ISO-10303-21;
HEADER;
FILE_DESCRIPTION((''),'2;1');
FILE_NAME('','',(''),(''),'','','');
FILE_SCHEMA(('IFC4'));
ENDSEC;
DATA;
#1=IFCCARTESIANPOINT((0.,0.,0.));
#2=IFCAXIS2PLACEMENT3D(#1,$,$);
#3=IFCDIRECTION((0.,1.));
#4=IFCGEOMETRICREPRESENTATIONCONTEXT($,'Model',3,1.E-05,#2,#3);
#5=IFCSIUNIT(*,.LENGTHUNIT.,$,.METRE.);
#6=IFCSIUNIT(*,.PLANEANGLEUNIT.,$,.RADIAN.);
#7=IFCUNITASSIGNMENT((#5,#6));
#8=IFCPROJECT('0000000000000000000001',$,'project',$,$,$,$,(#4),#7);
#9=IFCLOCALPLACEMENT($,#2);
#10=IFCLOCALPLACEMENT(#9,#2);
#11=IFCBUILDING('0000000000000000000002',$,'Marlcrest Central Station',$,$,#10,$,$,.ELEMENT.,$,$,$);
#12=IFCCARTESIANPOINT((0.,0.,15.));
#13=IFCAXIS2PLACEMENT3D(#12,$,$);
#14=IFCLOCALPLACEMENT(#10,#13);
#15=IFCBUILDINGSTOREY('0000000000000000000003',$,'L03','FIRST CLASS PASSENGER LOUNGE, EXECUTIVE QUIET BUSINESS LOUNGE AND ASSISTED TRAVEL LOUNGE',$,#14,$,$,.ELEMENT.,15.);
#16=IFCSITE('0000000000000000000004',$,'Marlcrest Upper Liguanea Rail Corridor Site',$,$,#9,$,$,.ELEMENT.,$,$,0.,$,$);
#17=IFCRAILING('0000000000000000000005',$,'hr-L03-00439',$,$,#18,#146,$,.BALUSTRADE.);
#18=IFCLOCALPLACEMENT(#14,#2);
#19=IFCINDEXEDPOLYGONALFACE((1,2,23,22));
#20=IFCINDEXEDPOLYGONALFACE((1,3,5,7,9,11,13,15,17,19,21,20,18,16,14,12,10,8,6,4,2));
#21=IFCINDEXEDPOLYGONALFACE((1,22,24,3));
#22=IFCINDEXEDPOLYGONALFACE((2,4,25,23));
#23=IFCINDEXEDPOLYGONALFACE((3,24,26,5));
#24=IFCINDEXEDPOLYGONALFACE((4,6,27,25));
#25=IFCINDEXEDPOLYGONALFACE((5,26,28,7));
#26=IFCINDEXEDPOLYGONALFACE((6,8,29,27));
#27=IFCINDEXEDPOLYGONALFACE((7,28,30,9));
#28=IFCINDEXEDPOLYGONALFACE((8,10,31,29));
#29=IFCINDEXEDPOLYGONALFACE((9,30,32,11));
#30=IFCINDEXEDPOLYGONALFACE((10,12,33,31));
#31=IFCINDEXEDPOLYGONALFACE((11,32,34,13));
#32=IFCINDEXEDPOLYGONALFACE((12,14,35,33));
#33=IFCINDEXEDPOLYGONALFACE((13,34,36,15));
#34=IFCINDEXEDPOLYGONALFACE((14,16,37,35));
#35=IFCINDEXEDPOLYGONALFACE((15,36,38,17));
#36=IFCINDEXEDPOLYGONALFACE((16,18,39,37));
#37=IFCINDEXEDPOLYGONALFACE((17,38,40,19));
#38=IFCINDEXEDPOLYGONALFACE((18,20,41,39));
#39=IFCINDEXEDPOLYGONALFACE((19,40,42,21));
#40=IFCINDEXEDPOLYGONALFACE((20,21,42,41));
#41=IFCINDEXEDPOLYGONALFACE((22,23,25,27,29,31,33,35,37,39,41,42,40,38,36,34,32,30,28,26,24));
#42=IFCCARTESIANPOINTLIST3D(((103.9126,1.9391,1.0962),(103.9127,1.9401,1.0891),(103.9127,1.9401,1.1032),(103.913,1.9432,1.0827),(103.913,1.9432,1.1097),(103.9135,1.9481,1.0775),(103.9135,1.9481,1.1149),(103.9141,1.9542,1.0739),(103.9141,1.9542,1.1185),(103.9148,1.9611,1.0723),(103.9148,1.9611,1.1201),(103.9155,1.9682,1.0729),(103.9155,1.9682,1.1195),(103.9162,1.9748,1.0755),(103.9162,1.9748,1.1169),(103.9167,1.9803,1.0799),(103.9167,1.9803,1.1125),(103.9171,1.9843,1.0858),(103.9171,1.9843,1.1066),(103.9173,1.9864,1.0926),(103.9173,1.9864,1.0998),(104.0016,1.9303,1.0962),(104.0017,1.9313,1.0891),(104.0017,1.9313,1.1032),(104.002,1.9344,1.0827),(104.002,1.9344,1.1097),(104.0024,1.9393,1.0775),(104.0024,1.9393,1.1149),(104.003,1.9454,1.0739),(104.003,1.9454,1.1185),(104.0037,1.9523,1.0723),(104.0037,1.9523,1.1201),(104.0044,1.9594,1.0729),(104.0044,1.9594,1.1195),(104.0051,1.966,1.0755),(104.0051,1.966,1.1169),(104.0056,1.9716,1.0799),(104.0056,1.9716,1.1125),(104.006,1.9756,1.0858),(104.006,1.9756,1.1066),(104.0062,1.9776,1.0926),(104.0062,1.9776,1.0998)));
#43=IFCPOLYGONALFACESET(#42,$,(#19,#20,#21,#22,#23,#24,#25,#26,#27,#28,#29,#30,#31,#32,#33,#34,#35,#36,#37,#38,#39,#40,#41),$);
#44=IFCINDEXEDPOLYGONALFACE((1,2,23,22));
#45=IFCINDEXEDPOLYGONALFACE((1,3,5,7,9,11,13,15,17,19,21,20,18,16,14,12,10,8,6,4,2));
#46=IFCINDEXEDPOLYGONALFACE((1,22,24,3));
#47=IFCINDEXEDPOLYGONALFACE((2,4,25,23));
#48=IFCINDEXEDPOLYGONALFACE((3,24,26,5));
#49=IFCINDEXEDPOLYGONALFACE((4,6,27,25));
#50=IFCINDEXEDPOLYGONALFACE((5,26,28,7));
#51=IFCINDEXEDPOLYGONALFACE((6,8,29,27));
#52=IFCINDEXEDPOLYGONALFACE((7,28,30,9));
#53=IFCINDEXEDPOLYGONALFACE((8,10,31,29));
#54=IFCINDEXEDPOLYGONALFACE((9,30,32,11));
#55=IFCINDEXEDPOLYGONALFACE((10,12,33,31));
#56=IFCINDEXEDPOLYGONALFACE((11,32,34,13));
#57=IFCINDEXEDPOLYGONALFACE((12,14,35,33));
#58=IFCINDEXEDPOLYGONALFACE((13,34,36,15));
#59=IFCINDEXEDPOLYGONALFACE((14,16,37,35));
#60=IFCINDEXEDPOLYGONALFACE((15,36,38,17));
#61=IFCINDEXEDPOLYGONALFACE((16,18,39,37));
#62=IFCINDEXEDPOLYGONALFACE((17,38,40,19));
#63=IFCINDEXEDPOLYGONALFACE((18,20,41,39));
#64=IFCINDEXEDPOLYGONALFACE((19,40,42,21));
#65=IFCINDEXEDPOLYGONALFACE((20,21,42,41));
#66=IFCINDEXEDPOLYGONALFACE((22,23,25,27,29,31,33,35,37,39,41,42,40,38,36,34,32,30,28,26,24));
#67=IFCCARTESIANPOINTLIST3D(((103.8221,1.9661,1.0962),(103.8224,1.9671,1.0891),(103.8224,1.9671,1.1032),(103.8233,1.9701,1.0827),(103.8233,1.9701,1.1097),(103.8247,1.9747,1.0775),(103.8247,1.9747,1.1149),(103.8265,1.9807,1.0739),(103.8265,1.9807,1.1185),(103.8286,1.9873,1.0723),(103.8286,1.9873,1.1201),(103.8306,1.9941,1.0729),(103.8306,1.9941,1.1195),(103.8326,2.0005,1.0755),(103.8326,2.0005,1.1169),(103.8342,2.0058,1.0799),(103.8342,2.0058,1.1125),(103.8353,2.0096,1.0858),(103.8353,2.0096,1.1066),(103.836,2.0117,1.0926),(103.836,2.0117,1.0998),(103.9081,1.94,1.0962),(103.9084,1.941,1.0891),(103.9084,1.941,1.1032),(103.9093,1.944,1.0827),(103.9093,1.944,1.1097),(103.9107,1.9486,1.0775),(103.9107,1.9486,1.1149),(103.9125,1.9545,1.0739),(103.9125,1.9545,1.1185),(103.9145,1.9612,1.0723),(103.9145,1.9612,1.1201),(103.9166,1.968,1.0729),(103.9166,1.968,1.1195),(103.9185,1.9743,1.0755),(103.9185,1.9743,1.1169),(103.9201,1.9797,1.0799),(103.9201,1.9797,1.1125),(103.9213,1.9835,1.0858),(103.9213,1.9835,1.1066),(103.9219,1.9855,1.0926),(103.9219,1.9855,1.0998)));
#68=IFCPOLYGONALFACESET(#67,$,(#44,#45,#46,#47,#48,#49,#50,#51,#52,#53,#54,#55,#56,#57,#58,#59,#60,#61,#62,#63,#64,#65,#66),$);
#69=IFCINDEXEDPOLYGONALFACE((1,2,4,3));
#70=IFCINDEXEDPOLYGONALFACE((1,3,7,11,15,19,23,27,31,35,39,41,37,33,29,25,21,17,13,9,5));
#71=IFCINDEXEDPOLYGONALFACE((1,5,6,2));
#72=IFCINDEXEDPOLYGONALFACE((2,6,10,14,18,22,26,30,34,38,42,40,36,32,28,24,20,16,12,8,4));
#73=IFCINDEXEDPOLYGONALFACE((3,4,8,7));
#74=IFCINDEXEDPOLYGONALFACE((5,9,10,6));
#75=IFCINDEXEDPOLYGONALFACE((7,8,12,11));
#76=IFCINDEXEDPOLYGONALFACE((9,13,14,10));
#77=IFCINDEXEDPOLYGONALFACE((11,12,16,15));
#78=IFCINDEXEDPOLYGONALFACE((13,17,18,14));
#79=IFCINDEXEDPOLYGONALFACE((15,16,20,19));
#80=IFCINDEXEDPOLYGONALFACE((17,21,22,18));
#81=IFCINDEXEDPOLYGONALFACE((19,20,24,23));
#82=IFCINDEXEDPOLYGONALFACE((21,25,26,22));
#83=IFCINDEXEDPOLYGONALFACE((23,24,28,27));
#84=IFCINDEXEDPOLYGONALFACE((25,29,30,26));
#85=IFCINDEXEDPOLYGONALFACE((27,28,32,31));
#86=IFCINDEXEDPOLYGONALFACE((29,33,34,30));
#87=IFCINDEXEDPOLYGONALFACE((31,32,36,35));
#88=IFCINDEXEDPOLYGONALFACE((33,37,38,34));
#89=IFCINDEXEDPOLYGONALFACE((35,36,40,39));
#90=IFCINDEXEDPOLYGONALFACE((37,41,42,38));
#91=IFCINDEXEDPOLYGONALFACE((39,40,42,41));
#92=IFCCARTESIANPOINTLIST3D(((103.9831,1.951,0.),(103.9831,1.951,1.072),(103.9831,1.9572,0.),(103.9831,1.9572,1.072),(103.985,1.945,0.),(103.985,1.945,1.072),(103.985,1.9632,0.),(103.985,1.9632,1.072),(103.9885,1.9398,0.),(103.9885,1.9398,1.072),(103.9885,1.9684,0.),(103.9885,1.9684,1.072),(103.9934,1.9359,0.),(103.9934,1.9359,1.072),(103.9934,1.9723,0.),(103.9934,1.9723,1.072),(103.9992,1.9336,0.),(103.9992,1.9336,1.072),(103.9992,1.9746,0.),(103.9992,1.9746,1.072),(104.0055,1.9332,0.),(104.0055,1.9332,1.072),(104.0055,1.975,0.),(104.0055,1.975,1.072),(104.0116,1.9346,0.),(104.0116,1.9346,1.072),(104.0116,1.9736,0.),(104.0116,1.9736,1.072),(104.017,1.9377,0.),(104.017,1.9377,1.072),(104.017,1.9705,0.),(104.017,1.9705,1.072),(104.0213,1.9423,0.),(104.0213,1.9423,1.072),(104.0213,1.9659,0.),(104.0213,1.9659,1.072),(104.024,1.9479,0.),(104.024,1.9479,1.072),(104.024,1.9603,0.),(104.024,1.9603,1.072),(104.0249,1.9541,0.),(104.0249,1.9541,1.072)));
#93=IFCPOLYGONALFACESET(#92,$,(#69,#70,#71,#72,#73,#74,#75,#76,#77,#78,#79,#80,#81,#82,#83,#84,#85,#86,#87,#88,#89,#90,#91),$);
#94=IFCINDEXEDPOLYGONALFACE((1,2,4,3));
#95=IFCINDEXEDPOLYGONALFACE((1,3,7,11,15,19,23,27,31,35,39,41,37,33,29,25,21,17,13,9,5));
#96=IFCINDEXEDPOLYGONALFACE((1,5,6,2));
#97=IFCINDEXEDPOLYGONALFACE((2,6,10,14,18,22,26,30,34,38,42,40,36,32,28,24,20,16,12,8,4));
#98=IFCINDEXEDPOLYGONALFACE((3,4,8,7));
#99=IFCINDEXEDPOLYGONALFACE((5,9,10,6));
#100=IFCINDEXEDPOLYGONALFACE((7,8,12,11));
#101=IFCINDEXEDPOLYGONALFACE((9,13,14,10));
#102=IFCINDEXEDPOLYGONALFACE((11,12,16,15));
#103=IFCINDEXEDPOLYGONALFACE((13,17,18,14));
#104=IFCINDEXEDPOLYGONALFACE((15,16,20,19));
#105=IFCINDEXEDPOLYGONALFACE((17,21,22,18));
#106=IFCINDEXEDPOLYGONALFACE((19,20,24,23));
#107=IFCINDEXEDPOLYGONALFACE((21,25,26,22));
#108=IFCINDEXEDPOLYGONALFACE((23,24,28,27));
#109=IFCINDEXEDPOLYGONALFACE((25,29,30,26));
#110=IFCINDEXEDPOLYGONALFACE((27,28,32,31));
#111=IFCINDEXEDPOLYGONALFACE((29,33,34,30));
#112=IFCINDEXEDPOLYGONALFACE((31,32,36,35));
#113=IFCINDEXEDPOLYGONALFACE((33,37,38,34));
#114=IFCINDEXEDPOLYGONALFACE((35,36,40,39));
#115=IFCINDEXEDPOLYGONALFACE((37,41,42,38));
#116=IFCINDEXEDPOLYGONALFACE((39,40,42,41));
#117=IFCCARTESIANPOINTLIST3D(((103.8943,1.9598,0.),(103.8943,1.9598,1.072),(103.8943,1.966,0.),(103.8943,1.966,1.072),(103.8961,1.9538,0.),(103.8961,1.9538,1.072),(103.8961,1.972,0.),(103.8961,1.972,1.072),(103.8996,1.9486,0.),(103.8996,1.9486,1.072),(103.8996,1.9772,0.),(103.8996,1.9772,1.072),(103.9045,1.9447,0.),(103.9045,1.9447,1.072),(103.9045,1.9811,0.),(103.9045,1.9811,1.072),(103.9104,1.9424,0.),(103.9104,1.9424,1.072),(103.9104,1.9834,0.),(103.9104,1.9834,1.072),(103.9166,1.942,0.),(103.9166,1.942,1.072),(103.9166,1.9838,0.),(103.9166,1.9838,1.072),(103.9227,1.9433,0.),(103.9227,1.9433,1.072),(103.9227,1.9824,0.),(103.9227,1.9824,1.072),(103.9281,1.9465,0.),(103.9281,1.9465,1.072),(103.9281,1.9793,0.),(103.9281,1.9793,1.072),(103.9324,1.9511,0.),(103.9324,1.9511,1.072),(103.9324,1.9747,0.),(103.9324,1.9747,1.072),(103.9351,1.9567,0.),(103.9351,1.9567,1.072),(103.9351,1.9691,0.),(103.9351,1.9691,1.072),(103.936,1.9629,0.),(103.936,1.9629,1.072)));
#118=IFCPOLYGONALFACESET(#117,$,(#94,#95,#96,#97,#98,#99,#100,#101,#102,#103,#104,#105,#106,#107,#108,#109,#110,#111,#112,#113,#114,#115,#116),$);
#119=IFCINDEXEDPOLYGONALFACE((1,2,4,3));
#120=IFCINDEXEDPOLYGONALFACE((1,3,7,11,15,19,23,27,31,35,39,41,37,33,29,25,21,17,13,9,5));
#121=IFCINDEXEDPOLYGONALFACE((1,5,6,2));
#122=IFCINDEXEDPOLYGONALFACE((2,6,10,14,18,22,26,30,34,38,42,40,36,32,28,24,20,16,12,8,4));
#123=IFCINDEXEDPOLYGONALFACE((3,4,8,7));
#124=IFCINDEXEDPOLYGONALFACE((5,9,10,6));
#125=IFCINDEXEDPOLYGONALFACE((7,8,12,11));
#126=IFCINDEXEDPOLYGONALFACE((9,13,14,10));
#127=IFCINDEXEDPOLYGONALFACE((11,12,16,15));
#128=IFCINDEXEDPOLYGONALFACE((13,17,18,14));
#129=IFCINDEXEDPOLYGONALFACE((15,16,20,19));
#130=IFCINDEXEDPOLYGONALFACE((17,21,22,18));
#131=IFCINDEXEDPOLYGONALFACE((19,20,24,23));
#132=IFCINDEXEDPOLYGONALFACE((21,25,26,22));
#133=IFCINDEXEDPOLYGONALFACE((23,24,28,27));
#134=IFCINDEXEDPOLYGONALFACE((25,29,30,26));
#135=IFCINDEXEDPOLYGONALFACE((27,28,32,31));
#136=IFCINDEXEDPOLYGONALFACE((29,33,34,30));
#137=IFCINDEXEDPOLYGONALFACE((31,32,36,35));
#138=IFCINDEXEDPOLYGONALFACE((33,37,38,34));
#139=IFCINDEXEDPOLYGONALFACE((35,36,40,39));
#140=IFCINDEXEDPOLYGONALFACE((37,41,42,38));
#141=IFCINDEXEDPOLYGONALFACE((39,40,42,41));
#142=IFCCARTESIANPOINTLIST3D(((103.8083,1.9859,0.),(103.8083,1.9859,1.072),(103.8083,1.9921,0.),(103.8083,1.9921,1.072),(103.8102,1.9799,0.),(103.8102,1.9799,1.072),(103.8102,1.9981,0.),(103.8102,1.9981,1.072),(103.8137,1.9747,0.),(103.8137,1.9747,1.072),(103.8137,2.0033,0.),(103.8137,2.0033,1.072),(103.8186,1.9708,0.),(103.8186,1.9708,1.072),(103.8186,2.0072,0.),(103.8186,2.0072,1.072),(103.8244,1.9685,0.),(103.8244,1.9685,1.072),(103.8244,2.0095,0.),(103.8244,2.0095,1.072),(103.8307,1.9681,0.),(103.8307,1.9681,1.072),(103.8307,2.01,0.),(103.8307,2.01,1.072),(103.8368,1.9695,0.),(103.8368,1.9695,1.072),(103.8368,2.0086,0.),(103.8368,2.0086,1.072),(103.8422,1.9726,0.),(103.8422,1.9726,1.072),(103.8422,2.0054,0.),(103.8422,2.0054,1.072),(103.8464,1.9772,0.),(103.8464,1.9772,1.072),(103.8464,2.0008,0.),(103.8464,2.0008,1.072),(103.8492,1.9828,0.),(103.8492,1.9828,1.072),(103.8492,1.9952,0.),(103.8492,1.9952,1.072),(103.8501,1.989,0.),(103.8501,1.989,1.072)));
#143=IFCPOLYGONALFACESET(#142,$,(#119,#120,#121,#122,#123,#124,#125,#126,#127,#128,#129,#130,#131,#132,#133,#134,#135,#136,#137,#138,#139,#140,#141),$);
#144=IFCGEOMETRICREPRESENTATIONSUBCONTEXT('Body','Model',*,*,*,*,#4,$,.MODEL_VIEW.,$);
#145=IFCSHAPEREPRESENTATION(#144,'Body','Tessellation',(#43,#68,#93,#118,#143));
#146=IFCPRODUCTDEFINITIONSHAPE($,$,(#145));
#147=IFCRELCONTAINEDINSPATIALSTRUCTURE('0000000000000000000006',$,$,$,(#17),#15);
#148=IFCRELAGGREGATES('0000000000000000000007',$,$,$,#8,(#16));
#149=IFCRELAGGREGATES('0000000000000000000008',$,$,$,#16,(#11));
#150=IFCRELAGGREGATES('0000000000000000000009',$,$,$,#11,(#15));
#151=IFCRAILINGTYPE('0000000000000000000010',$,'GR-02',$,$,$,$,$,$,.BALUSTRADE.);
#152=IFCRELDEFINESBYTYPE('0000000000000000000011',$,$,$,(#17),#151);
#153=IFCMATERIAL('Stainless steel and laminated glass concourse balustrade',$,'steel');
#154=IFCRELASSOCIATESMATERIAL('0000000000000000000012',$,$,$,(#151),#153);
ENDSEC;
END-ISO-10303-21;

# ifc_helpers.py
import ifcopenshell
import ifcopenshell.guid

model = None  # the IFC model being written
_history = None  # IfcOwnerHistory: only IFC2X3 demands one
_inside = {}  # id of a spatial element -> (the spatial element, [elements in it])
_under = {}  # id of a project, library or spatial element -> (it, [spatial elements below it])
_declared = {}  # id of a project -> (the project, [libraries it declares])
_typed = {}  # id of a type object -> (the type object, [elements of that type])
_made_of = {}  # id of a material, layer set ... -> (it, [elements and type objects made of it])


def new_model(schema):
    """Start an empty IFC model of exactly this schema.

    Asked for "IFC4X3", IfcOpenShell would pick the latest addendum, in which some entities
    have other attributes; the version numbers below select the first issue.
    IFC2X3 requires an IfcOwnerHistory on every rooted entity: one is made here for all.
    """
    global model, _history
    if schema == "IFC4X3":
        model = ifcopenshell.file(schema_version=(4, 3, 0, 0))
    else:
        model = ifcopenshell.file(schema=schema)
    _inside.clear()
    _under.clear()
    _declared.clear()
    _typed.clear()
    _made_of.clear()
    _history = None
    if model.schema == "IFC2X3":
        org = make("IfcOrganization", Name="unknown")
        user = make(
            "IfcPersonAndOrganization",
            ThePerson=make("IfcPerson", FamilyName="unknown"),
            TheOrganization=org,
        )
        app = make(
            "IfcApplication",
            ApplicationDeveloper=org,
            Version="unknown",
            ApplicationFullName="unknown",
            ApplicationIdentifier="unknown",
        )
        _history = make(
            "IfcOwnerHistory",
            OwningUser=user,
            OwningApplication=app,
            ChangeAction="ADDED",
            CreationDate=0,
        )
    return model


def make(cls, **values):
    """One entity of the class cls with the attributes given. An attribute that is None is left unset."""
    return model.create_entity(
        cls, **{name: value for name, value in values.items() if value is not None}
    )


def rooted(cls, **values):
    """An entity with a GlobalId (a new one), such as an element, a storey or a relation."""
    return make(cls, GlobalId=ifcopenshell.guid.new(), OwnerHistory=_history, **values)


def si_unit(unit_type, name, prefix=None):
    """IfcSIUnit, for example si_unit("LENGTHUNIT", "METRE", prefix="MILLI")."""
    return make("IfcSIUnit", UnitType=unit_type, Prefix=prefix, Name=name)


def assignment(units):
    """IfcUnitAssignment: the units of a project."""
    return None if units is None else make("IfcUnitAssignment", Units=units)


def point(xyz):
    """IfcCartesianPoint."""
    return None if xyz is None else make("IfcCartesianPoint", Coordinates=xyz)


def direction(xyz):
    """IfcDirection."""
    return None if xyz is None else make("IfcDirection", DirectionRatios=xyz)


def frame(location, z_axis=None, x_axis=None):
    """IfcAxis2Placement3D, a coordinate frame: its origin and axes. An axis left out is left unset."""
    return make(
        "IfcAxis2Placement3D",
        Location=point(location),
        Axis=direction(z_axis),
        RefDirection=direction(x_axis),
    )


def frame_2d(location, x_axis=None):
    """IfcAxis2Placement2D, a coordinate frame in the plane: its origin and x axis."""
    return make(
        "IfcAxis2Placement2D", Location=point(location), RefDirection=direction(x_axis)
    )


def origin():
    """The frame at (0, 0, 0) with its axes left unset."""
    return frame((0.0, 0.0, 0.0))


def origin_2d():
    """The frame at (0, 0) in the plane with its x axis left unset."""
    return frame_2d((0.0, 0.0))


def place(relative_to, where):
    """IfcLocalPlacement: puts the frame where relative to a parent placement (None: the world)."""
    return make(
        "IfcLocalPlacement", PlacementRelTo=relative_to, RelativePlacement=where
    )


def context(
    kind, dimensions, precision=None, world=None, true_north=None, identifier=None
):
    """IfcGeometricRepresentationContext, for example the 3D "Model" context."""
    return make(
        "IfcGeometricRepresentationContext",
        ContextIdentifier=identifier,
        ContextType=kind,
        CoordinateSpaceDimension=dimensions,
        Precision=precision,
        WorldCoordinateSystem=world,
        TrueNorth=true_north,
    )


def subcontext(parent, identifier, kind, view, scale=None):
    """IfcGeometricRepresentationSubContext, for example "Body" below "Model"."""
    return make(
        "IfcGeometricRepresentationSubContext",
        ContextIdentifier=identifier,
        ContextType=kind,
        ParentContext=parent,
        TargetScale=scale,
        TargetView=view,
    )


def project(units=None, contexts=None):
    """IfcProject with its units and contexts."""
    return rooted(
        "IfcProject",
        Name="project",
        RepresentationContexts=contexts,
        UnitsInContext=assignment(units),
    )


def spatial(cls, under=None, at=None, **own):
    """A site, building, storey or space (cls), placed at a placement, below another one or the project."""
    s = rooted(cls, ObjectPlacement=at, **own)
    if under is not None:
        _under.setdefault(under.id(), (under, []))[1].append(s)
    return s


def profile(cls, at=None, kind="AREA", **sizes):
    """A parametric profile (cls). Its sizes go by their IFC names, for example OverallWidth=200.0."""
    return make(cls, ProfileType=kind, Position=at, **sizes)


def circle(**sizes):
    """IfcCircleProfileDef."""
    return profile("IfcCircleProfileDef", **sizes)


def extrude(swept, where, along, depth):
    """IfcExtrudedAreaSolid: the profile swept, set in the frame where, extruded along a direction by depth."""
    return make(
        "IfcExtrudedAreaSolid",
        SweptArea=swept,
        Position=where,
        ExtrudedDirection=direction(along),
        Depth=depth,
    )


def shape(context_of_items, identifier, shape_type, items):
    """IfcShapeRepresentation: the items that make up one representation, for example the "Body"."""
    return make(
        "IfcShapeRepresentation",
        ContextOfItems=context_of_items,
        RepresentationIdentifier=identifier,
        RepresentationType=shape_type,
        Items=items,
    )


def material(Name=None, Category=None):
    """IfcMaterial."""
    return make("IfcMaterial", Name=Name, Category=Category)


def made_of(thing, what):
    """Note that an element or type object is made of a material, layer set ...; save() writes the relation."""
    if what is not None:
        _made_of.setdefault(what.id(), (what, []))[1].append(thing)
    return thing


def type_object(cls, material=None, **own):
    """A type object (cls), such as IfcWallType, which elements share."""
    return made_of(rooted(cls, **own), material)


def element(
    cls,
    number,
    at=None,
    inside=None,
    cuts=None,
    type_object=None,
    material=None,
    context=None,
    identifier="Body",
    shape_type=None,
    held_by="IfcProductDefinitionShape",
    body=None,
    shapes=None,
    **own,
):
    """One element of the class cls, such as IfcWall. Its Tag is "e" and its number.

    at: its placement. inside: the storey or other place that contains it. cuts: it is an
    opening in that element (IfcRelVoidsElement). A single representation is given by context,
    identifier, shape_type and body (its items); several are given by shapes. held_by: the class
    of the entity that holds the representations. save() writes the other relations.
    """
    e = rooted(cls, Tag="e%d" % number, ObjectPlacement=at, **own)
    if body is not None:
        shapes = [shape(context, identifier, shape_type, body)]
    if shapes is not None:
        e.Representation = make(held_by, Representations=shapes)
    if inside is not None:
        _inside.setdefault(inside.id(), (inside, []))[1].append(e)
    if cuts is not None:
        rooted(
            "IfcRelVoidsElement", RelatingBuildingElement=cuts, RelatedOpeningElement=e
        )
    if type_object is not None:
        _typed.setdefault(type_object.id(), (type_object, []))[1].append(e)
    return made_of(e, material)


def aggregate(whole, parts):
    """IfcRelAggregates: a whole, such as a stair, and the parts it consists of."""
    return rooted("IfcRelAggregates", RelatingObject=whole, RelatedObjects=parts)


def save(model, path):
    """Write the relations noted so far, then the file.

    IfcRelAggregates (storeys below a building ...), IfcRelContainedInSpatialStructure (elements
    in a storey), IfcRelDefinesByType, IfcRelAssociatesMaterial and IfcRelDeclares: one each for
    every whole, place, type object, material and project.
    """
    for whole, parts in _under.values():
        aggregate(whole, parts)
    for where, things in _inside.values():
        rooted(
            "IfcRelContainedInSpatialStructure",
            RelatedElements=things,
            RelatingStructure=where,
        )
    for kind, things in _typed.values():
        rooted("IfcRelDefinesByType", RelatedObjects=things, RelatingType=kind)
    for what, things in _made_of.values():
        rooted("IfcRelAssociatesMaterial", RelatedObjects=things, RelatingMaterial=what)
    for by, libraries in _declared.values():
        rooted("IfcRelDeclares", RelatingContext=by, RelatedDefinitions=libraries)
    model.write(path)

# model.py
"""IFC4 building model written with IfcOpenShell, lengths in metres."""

from ifc_helpers import new_model, si_unit, direction, frame, origin, origin_2d, place, context, subcontext, project, spatial, circle, extrude, material, type_object, element, save


model = new_model("IFC4")

# Units and contexts
model_context = context("Model", 3, precision=1e-05, world=origin(), true_north=direction((0.0, 1.0)))
body_context = subcontext(model_context, "Body", "Model", "MODEL_VIEW")
ifc_project = project(units=[si_unit("LENGTHUNIT", "METRE"), si_unit("PLANEANGLEUNIT", "RADIAN")], contexts=[model_context])

# Site, building, storey
site_placement = place(None, origin())
site = spatial("IfcSite", under=ifc_project, at=site_placement, Name="Marlcrest Upper Liguanea Rail Corridor Site", CompositionType="ELEMENT", RefElevation=0.0)
building_placement = place(site_placement, origin())
building = spatial("IfcBuilding", under=site, at=building_placement, Name="Marlcrest Central Station", CompositionType="ELEMENT")
storey_placement = place(building_placement, frame((0.0, 0.0, 15.0)))
storey = spatial("IfcBuildingStorey", under=building, at=storey_placement, Name="L03", Description="FIRST CLASS PASSENGER LOUNGE, EXECUTIVE QUIET BUSINESS LOUNGE AND ASSISTED TRAVEL LOUNGE", CompositionType="ELEMENT", Elevation=15.0)

# Railing
ifc_material_1 = material(Name="Stainless steel and laminated glass concourse balustrade", Category="steel")
railing_type = type_object("IfcRailingType", Name="GR-02", PredefinedType="BALUSTRADE", material=ifc_material_1)
railing_1_placement = place(storey_placement, frame((104.0039, 1.9541, 0.0)))
element("IfcRailing", 1, at=railing_1_placement, inside=storey, type_object=railing_type, Name="hr-L03-00439", PredefinedType="BALUSTRADE", context=body_context, shape_type="SweptSolid", body=[
    extrude(circle(Radius=0.0239, at=origin_2d()), frame((0.0, 0.0, 1.0962), z_axis=(-0.995145, 0.098421, 0.0), x_axis=(-0.098421, -0.995145, 0.0)), (0.0, 0.0, 1.0), 0.0894),
    extrude(circle(Radius=0.0239, at=origin_2d()), frame((-0.0889, 0.0088, 1.0962), z_axis=(-0.956773, 0.290837, 0.0), x_axis=(-0.290837, -0.956773, 0.0)), (0.0, 0.0, 1.0), 0.0898),
    extrude(circle(Radius=0.021, at=origin_2d()), origin(), (0.0, 0.0, 1.0), 1.072),
    extrude(circle(Radius=0.021, at=origin_2d()), frame((-0.0889, 0.0088, 0.0)), (0.0, 0.0, 1.0), 1.072),
    extrude(circle(Radius=0.021, at=origin_2d()), frame((-0.1748, 0.0349, 0.0)), (0.0, 0.0, 1.0), 1.072),
])

save(model, "model.ifc")
